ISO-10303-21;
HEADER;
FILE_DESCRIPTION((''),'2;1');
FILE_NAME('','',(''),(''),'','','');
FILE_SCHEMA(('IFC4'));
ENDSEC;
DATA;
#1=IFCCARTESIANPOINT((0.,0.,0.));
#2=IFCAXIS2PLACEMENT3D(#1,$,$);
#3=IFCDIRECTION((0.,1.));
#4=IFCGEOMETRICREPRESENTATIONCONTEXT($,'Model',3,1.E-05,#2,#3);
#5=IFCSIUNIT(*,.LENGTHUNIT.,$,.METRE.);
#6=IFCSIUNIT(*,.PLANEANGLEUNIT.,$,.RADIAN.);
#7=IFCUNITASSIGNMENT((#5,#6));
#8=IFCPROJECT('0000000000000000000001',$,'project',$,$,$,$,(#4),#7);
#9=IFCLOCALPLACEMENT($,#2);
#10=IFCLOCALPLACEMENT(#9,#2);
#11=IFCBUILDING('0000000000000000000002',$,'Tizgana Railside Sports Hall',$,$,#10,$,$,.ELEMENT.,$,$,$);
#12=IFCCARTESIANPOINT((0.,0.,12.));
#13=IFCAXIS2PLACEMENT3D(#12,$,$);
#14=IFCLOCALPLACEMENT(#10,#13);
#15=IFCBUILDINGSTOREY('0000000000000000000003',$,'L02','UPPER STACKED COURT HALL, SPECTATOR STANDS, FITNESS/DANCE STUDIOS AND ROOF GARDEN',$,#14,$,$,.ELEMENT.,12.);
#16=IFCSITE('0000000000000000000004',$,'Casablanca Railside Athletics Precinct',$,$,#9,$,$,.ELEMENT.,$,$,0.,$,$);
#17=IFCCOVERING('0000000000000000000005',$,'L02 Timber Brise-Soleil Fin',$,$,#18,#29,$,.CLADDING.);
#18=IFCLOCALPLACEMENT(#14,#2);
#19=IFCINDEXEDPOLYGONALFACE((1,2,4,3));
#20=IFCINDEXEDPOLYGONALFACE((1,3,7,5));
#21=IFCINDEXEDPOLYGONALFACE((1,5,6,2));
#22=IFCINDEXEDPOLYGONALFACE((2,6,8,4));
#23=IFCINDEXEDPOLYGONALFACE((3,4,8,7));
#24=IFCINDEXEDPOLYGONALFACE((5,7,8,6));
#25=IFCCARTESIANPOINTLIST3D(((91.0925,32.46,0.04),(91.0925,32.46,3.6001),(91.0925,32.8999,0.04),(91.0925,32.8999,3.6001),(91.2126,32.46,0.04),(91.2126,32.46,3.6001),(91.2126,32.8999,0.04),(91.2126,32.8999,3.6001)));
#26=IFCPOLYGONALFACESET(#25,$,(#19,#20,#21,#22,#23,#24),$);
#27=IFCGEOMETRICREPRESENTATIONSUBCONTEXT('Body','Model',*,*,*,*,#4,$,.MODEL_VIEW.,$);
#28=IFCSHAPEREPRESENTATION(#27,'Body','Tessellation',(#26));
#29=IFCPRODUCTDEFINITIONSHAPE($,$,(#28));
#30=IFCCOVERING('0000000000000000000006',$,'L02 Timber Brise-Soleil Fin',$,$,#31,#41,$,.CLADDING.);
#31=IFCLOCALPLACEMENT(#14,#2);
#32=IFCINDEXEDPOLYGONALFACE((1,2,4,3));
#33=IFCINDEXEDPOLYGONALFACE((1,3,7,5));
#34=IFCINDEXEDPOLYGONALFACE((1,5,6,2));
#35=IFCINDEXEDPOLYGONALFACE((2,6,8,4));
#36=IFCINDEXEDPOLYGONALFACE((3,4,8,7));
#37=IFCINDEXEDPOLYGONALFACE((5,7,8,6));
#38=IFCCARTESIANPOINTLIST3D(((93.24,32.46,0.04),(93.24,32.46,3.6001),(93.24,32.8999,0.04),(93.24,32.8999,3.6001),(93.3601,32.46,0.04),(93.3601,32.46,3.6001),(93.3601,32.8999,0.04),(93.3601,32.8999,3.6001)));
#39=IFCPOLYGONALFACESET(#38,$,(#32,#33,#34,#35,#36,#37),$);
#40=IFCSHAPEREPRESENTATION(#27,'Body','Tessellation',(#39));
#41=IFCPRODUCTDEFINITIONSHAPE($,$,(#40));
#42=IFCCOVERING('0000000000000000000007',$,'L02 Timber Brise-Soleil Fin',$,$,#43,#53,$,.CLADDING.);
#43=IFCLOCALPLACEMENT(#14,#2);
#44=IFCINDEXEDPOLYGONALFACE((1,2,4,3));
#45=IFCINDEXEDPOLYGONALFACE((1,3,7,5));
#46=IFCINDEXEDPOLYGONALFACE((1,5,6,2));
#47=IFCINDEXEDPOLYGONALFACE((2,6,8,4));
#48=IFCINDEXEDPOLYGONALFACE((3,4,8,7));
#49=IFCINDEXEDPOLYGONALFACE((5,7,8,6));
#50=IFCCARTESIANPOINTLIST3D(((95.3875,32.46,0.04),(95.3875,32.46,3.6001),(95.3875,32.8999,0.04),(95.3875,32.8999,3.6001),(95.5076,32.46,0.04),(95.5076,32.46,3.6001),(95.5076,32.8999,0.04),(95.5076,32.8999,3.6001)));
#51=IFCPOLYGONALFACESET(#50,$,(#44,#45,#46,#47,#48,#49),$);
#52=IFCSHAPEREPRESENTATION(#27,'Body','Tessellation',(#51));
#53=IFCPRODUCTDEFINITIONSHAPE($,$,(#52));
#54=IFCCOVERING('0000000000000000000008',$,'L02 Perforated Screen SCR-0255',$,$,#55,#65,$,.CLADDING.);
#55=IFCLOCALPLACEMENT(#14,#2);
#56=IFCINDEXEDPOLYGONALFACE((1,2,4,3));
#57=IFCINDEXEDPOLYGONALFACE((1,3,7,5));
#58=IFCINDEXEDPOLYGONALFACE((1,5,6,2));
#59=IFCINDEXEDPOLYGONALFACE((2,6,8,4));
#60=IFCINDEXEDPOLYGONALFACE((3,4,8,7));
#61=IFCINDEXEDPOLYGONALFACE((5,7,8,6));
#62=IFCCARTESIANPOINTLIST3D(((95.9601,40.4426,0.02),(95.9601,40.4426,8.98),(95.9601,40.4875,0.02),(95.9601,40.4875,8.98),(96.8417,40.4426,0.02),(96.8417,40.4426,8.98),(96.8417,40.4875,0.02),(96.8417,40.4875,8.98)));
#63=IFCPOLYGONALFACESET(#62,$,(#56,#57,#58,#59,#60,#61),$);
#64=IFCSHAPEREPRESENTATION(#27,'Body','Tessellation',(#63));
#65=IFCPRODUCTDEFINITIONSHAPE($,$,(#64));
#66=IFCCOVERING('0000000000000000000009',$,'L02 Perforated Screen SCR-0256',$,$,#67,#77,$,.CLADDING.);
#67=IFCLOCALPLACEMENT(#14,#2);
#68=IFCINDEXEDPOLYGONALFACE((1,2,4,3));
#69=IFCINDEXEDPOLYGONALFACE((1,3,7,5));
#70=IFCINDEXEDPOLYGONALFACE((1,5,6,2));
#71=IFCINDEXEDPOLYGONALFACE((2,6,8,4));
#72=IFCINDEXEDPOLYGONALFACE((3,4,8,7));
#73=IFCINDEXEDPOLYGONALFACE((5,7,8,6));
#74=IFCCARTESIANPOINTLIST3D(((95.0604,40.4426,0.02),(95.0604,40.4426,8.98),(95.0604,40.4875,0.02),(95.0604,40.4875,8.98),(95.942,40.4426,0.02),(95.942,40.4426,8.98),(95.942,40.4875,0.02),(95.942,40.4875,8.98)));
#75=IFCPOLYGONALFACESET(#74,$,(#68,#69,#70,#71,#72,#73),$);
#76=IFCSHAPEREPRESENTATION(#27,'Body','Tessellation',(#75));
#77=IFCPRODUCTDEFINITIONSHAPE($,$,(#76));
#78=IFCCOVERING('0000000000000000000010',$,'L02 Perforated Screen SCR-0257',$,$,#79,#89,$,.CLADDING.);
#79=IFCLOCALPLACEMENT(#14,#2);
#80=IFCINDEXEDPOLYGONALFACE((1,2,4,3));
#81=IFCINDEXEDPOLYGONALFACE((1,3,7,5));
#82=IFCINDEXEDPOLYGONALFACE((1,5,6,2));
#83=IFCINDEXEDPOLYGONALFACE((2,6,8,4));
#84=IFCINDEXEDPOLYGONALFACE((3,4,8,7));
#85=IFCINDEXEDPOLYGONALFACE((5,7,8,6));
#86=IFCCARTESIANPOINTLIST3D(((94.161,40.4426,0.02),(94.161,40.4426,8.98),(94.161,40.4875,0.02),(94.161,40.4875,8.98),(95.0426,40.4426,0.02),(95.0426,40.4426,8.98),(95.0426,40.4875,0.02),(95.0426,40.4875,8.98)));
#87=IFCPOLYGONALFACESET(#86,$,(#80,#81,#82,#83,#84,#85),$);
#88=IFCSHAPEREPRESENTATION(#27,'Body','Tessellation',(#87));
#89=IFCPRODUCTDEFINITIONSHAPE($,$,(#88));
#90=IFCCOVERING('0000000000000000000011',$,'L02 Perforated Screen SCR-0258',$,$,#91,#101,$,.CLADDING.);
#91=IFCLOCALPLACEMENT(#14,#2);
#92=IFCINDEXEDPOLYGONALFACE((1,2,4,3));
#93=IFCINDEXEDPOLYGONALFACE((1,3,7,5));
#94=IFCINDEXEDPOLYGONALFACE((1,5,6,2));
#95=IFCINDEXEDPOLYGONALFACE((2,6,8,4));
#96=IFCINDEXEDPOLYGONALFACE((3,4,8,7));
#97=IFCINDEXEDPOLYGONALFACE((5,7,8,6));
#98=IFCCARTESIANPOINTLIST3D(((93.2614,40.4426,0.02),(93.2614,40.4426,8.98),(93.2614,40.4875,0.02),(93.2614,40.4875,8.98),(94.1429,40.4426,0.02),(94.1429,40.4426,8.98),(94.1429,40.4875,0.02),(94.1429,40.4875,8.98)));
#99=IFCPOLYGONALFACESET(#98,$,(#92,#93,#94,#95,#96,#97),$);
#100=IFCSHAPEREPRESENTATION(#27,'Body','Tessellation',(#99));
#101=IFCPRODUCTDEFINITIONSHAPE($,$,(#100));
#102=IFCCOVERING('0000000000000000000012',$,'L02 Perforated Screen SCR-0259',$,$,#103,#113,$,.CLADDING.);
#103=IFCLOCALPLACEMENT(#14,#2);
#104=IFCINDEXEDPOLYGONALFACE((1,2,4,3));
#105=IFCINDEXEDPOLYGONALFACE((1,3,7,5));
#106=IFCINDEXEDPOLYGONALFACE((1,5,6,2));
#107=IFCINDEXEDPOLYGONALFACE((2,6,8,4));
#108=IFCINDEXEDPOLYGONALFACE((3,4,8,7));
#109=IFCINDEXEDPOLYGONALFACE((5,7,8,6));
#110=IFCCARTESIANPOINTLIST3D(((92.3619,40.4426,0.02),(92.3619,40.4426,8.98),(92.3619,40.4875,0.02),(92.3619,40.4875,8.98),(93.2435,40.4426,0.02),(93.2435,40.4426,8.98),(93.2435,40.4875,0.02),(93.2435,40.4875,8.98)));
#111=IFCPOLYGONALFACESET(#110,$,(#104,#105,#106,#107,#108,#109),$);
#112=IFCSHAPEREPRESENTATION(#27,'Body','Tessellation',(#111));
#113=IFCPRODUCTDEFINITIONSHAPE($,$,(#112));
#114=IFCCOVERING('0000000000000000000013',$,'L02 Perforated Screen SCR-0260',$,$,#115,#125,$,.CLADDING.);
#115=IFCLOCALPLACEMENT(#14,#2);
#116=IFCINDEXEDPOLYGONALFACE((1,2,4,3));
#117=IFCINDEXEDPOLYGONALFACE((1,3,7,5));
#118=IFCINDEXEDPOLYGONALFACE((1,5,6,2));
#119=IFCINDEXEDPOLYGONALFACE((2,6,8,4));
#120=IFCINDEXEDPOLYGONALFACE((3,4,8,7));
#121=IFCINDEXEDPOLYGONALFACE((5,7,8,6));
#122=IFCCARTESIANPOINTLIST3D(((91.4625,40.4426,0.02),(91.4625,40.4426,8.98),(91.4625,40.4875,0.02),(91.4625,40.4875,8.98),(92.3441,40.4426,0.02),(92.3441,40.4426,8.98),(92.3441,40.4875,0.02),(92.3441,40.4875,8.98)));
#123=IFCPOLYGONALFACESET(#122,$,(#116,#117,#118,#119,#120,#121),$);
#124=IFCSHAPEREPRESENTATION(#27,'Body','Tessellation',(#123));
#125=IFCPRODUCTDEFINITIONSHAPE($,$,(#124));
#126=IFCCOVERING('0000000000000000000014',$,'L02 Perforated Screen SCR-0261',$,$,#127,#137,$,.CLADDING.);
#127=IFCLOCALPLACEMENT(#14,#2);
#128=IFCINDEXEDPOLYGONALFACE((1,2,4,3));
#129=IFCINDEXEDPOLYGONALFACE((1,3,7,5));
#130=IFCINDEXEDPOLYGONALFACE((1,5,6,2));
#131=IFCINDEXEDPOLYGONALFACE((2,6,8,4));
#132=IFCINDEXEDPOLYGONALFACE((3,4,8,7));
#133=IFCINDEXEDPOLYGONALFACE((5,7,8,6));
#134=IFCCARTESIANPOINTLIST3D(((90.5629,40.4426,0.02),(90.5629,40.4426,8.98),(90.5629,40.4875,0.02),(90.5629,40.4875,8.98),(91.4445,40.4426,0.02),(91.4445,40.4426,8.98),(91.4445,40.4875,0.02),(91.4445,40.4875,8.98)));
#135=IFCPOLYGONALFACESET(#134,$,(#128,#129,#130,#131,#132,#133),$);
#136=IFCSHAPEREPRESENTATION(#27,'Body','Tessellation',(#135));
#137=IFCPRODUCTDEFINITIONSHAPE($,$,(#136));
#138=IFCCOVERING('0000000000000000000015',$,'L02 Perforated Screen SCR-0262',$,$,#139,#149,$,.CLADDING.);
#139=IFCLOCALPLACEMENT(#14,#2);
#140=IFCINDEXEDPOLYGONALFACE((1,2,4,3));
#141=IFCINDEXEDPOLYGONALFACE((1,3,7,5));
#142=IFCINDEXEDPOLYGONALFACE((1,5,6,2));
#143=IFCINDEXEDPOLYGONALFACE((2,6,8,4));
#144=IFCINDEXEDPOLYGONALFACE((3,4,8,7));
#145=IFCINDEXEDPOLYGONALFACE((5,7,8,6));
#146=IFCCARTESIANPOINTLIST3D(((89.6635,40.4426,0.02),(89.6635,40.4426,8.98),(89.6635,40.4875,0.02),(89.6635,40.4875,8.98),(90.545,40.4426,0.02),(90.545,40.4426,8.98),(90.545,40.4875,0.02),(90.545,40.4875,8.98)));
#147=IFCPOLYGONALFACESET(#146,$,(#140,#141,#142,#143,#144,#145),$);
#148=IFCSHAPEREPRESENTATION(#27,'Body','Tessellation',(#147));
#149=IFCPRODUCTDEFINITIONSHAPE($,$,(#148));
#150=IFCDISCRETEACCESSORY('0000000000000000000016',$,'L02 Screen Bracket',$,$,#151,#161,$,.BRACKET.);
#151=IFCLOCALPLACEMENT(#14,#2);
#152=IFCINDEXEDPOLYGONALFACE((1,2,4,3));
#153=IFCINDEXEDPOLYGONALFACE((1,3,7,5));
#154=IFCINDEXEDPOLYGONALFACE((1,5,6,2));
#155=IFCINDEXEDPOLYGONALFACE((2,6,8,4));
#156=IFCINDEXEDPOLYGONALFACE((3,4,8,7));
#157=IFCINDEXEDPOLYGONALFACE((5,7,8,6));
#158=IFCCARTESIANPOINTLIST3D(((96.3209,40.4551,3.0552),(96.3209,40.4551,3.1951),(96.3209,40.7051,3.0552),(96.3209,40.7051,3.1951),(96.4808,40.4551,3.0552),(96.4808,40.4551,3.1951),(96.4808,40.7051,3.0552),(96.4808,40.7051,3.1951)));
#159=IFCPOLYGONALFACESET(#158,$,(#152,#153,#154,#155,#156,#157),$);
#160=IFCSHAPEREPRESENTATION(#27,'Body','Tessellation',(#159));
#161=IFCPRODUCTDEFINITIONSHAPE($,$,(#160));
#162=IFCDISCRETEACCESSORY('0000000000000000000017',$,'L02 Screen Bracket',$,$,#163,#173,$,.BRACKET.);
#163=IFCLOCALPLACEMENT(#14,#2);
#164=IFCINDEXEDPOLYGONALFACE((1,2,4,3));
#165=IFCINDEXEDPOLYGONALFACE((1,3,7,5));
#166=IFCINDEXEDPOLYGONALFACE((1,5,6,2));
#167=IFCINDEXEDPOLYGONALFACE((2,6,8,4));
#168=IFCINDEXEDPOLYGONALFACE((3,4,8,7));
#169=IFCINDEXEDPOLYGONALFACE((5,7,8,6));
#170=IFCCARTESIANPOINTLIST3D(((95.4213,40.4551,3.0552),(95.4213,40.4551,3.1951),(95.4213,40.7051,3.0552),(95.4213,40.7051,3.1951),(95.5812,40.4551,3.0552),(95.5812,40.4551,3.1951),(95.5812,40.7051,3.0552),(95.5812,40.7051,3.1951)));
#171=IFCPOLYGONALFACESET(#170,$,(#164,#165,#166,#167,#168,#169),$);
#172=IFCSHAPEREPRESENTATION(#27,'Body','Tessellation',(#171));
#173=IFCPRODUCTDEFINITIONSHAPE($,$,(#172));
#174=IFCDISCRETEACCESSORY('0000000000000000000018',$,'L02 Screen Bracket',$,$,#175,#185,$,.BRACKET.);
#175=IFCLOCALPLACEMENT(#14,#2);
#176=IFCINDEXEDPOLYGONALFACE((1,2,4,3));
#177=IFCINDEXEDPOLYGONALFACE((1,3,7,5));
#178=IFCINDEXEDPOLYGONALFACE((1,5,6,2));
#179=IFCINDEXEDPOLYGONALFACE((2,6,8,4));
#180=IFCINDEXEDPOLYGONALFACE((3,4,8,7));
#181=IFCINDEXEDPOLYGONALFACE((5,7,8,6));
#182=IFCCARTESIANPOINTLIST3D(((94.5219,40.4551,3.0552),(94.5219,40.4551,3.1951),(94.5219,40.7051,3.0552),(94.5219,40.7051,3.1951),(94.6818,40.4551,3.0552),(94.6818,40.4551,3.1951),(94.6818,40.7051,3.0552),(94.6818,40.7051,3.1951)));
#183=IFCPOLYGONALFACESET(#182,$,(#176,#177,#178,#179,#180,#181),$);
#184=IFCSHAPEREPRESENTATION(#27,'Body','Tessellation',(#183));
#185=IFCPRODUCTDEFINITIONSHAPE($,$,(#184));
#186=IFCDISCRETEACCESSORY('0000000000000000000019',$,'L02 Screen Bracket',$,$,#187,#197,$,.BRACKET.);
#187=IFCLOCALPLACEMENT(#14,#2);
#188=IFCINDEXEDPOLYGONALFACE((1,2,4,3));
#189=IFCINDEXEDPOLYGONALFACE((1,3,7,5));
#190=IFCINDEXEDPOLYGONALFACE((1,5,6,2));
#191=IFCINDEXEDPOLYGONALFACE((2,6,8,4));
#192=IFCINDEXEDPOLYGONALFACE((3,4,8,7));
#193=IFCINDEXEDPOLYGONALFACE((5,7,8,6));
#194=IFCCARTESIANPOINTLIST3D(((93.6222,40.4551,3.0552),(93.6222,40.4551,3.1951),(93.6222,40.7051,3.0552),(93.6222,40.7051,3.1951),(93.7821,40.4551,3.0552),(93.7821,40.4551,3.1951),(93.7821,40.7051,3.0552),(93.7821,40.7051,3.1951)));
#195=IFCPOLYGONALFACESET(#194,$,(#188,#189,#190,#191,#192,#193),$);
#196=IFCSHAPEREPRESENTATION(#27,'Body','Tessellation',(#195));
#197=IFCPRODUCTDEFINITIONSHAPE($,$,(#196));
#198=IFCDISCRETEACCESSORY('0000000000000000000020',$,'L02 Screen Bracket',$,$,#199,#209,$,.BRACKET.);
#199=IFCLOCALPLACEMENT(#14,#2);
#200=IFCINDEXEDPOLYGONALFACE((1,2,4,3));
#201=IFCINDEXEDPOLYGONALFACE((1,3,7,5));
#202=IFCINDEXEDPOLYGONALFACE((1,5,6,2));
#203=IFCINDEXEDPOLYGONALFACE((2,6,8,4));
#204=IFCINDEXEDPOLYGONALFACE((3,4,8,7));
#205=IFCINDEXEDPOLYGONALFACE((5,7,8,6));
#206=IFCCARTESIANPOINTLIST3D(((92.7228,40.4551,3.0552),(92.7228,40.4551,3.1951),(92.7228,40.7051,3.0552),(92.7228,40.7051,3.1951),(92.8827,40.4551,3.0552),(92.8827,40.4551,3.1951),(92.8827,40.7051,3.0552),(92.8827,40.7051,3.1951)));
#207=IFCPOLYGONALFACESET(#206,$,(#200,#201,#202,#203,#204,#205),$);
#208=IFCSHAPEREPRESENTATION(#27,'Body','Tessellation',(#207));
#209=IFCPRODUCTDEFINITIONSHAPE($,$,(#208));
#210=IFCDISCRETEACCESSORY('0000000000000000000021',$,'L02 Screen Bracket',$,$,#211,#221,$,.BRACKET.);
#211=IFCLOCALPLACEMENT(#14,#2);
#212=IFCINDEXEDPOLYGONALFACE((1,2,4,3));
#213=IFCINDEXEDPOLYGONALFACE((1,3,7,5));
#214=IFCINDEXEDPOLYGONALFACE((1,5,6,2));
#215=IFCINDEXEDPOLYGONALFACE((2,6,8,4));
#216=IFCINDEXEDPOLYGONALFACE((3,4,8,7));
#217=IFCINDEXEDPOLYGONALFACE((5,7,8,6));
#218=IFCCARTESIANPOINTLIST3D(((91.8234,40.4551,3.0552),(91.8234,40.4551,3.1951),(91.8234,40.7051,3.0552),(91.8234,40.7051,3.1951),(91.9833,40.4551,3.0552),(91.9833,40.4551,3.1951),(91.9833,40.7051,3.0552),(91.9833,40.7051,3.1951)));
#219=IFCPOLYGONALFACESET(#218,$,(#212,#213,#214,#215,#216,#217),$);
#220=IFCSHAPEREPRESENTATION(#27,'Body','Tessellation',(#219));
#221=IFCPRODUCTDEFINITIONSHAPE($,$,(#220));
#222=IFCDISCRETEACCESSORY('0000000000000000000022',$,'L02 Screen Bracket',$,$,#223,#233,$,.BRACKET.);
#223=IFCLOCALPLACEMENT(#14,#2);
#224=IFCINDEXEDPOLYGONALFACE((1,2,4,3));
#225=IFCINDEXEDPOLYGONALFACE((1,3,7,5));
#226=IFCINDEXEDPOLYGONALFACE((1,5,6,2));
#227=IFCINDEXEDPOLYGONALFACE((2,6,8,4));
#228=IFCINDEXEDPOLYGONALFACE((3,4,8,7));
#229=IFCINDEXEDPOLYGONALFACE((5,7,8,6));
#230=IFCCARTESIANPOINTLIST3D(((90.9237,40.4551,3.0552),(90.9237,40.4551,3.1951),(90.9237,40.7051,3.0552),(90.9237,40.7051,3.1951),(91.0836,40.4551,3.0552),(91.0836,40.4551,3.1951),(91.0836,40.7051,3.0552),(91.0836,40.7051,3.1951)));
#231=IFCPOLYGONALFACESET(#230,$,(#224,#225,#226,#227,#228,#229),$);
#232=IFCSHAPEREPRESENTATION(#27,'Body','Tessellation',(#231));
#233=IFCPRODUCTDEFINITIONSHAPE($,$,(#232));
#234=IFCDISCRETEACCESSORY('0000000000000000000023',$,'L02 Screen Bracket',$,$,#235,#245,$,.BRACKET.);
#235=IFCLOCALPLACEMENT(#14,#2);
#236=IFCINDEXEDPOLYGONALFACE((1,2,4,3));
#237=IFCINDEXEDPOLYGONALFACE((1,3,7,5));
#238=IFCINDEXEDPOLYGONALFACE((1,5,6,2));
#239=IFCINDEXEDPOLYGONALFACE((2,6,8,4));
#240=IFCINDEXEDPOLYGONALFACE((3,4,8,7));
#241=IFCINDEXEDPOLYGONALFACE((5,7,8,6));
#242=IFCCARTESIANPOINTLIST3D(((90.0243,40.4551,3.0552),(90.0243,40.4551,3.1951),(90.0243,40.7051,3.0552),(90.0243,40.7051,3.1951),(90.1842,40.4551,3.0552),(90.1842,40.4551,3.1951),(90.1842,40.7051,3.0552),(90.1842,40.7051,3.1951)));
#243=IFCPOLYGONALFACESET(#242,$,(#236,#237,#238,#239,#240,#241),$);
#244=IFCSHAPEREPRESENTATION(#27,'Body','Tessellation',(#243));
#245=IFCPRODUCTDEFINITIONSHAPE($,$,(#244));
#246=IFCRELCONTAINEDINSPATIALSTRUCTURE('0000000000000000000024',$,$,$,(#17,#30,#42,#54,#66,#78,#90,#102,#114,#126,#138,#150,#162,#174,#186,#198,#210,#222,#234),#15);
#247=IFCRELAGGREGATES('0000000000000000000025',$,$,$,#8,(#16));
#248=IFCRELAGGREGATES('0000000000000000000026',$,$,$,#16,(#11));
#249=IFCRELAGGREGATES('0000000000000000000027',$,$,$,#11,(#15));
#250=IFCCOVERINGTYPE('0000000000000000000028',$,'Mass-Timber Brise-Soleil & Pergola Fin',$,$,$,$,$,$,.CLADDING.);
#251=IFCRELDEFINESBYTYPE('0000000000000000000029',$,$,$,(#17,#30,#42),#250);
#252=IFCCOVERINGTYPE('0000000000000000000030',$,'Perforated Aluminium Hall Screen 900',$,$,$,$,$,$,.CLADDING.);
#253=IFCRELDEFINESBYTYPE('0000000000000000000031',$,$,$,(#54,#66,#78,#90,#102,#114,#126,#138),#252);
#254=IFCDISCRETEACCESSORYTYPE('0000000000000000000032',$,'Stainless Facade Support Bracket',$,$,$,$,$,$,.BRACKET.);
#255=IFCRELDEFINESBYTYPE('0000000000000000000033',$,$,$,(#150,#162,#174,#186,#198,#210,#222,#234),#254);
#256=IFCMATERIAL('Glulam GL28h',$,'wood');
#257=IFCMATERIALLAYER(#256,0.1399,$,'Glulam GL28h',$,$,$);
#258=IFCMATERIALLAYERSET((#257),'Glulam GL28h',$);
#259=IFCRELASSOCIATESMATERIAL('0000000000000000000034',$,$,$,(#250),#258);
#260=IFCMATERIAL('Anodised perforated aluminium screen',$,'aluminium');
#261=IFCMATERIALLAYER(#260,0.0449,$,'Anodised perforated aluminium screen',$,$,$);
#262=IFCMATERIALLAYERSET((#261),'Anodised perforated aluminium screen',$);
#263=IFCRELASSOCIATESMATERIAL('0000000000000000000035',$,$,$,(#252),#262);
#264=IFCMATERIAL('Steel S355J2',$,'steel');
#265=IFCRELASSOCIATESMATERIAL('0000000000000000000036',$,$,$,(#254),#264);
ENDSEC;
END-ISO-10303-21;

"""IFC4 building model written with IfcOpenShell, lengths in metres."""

from ifc_helpers import new_model, si_unit, direction, frame, origin, origin_2d, place, context, subcontext, project, spatial, rectangle, extrude, material, layer, layer_set, type_object, element, save


model = new_model("IFC4")

# Units and contexts
model_context = context("Model", 3, precision=1e-05, world=origin(), true_north=direction((0.0, 1.0)))
body_context = subcontext(model_context, "Body", "Model", "MODEL_VIEW")
ifc_project = project(units=[si_unit("LENGTHUNIT", "METRE"), si_unit("PLANEANGLEUNIT", "RADIAN")], contexts=[model_context])

# Site, building, storey
site_placement = place(None, origin())
site = spatial("IfcSite", under=ifc_project, at=site_placement, Name="Casablanca Railside Athletics Precinct", CompositionType="ELEMENT", RefElevation=0.0)
building_placement = place(site_placement, origin())
building = spatial("IfcBuilding", under=site, at=building_placement, Name="Tizgana Railside Sports Hall", CompositionType="ELEMENT")
storey_placement = place(building_placement, frame((0.0, 0.0, 12.0)))
storey = spatial("IfcBuildingStorey", under=building, at=storey_placement, Name="L02", Description="UPPER STACKED COURT HALL, SPECTATOR STANDS, FITNESS/DANCE STUDIOS AND ROOF GARDEN", CompositionType="ELEMENT", Elevation=12.0)

# Coverings
ifc_material_1 = material(Name="Glulam GL28h", Category="wood")
ifc_layer_1 = layer(ifc_material_1, 0.1399, Name="Glulam GL28h")
ifc_layer_set_1 = layer_set([ifc_layer_1], Name="Glulam GL28h")
covering_type_1 = type_object("IfcCoveringType", Name="Mass-Timber Brise-Soleil & Pergola Fin", PredefinedType="CLADDING", material=ifc_layer_set_1)
for number, where, z_axis, x_axis, name in (
    (1, (91.1526, 32.6799, 0.04), (0.0, 0.0, 1.0), (1.0, 0.0, 0.0), "L02 Timber Brise-Soleil Fin"),
    (2, (93.3, 32.6799, 0.04), (0.0, 0.0, 1.0), (1.0, 0.0, 0.0), "L02 Timber Brise-Soleil Fin"),
    (3, (95.4475, 32.6799, 0.04), (0.0, 0.0, 1.0), (1.0, 0.0, 0.0), "L02 Timber Brise-Soleil Fin"),
):
    element("IfcCovering", number, at=place(storey_placement, frame(where, z_axis=z_axis, x_axis=x_axis)), inside=storey, type_object=covering_type_1, Name=name, PredefinedType="CLADDING", context=body_context, shape_type="SweptSolid", body=[
        extrude(rectangle(XDim=0.1201, YDim=0.4399, at=origin_2d()), origin(), (0.0, 0.0, 1.0), 3.5601),
    ])
ifc_material_2 = material(Name="Anodised perforated aluminium screen", Category="aluminium")
ifc_layer_2 = layer(ifc_material_2, 0.0449, Name="Anodised perforated aluminium screen")
ifc_layer_set_2 = layer_set([ifc_layer_2], Name="Anodised perforated aluminium screen")
covering_type_2 = type_object("IfcCoveringType", Name="Perforated Aluminium Hall Screen 900", PredefinedType="CLADDING", material=ifc_layer_set_2)
for number, where, z_axis, x_axis, name in (
    (4, (96.4009, 40.4651, 0.02), (0.0, 0.0, 1.0), (-1.0, 0.0, 0.0), "L02 Perforated Screen SCR-0255"),
    (5, (95.5012, 40.4651, 0.02), (0.0, 0.0, 1.0), (-1.0, 0.0, 0.0), "L02 Perforated Screen SCR-0256"),
    (6, (94.6018, 40.4651, 0.02), (0.0, 0.0, 1.0), (-1.0, 0.0, 0.0), "L02 Perforated Screen SCR-0257"),
    (7, (93.7021, 40.4651, 0.02), (0.0, 0.0, 1.0), (-1.0, 0.0, 0.0), "L02 Perforated Screen SCR-0258"),
    (8, (92.8027, 40.4651, 0.02), (0.0, 0.0, 1.0), (-1.0, 0.0, 0.0), "L02 Perforated Screen SCR-0259"),
    (9, (91.9033, 40.4651, 0.02), (0.0, 0.0, 1.0), (-1.0, 0.0, 0.0), "L02 Perforated Screen SCR-0260"),
    (10, (91.0037, 40.4651, 0.02), (0.0, 0.0, 1.0), (-1.0, 0.0, 0.0), "L02 Perforated Screen SCR-0261"),
    (11, (90.1042, 40.4651, 0.02), (0.0, 0.0, 1.0), (-1.0, 0.0, 0.0), "L02 Perforated Screen SCR-0262"),
):
    element("IfcCovering", number, at=place(storey_placement, frame(where, z_axis=z_axis, x_axis=x_axis)), inside=storey, type_object=covering_type_2, Name=name, PredefinedType="CLADDING", context=body_context, shape_type="SweptSolid", body=[
        extrude(rectangle(XDim=0.8816, YDim=0.0449, at=origin_2d()), origin(), (0.0, 0.0, 1.0), 8.96),
    ])

# Discrete accessories
ifc_material_3 = material(Name="Steel S355J2", Category="steel")
discrete_accessory_type = type_object("IfcDiscreteAccessoryType", Name="Stainless Facade Support Bracket", PredefinedType="BRACKET", material=ifc_material_3)
for number, where, z_axis, x_axis, name in (
    (12, (96.4009, 40.5801, 3.0552), (0.0, 0.0, 1.0), (-1.0, 0.0, 0.0), "L02 Screen Bracket"),
    (13, (95.5012, 40.5801, 3.0552), (0.0, 0.0, 1.0), (-1.0, 0.0, 0.0), "L02 Screen Bracket"),
    (14, (94.6018, 40.5801, 3.0552), (0.0, 0.0, 1.0), (-1.0, 0.0, 0.0), "L02 Screen Bracket"),
    (15, (93.7021, 40.5801, 3.0552), (0.0, 0.0, 1.0), (-1.0, 0.0, 0.0), "L02 Screen Bracket"),
    (16, (92.8027, 40.5801, 3.0552), (0.0, 0.0, 1.0), (-1.0, 0.0, 0.0), "L02 Screen Bracket"),
    (17, (91.9033, 40.5801, 3.0552), (0.0, 0.0, 1.0), (-1.0, 0.0, 0.0), "L02 Screen Bracket"),
    (18, (91.0037, 40.5801, 3.0552), (0.0, 0.0, 1.0), (-1.0, 0.0, 0.0), "L02 Screen Bracket"),
    (19, (90.1042, 40.5801, 3.0552), (0.0, 0.0, 1.0), (-1.0, 0.0, 0.0), "L02 Screen Bracket"),
):
    element("IfcDiscreteAccessory", number, at=place(storey_placement, frame(where, z_axis=z_axis, x_axis=x_axis)), inside=storey, type_object=discrete_accessory_type, Name=name, PredefinedType="BRACKET", context=body_context, shape_type="SweptSolid", body=[
        extrude(rectangle(XDim=0.1599, YDim=0.25, at=origin_2d()), origin(), (0.0, 0.0, 1.0), 0.1399),
    ])

save(model, "model.ifc")
